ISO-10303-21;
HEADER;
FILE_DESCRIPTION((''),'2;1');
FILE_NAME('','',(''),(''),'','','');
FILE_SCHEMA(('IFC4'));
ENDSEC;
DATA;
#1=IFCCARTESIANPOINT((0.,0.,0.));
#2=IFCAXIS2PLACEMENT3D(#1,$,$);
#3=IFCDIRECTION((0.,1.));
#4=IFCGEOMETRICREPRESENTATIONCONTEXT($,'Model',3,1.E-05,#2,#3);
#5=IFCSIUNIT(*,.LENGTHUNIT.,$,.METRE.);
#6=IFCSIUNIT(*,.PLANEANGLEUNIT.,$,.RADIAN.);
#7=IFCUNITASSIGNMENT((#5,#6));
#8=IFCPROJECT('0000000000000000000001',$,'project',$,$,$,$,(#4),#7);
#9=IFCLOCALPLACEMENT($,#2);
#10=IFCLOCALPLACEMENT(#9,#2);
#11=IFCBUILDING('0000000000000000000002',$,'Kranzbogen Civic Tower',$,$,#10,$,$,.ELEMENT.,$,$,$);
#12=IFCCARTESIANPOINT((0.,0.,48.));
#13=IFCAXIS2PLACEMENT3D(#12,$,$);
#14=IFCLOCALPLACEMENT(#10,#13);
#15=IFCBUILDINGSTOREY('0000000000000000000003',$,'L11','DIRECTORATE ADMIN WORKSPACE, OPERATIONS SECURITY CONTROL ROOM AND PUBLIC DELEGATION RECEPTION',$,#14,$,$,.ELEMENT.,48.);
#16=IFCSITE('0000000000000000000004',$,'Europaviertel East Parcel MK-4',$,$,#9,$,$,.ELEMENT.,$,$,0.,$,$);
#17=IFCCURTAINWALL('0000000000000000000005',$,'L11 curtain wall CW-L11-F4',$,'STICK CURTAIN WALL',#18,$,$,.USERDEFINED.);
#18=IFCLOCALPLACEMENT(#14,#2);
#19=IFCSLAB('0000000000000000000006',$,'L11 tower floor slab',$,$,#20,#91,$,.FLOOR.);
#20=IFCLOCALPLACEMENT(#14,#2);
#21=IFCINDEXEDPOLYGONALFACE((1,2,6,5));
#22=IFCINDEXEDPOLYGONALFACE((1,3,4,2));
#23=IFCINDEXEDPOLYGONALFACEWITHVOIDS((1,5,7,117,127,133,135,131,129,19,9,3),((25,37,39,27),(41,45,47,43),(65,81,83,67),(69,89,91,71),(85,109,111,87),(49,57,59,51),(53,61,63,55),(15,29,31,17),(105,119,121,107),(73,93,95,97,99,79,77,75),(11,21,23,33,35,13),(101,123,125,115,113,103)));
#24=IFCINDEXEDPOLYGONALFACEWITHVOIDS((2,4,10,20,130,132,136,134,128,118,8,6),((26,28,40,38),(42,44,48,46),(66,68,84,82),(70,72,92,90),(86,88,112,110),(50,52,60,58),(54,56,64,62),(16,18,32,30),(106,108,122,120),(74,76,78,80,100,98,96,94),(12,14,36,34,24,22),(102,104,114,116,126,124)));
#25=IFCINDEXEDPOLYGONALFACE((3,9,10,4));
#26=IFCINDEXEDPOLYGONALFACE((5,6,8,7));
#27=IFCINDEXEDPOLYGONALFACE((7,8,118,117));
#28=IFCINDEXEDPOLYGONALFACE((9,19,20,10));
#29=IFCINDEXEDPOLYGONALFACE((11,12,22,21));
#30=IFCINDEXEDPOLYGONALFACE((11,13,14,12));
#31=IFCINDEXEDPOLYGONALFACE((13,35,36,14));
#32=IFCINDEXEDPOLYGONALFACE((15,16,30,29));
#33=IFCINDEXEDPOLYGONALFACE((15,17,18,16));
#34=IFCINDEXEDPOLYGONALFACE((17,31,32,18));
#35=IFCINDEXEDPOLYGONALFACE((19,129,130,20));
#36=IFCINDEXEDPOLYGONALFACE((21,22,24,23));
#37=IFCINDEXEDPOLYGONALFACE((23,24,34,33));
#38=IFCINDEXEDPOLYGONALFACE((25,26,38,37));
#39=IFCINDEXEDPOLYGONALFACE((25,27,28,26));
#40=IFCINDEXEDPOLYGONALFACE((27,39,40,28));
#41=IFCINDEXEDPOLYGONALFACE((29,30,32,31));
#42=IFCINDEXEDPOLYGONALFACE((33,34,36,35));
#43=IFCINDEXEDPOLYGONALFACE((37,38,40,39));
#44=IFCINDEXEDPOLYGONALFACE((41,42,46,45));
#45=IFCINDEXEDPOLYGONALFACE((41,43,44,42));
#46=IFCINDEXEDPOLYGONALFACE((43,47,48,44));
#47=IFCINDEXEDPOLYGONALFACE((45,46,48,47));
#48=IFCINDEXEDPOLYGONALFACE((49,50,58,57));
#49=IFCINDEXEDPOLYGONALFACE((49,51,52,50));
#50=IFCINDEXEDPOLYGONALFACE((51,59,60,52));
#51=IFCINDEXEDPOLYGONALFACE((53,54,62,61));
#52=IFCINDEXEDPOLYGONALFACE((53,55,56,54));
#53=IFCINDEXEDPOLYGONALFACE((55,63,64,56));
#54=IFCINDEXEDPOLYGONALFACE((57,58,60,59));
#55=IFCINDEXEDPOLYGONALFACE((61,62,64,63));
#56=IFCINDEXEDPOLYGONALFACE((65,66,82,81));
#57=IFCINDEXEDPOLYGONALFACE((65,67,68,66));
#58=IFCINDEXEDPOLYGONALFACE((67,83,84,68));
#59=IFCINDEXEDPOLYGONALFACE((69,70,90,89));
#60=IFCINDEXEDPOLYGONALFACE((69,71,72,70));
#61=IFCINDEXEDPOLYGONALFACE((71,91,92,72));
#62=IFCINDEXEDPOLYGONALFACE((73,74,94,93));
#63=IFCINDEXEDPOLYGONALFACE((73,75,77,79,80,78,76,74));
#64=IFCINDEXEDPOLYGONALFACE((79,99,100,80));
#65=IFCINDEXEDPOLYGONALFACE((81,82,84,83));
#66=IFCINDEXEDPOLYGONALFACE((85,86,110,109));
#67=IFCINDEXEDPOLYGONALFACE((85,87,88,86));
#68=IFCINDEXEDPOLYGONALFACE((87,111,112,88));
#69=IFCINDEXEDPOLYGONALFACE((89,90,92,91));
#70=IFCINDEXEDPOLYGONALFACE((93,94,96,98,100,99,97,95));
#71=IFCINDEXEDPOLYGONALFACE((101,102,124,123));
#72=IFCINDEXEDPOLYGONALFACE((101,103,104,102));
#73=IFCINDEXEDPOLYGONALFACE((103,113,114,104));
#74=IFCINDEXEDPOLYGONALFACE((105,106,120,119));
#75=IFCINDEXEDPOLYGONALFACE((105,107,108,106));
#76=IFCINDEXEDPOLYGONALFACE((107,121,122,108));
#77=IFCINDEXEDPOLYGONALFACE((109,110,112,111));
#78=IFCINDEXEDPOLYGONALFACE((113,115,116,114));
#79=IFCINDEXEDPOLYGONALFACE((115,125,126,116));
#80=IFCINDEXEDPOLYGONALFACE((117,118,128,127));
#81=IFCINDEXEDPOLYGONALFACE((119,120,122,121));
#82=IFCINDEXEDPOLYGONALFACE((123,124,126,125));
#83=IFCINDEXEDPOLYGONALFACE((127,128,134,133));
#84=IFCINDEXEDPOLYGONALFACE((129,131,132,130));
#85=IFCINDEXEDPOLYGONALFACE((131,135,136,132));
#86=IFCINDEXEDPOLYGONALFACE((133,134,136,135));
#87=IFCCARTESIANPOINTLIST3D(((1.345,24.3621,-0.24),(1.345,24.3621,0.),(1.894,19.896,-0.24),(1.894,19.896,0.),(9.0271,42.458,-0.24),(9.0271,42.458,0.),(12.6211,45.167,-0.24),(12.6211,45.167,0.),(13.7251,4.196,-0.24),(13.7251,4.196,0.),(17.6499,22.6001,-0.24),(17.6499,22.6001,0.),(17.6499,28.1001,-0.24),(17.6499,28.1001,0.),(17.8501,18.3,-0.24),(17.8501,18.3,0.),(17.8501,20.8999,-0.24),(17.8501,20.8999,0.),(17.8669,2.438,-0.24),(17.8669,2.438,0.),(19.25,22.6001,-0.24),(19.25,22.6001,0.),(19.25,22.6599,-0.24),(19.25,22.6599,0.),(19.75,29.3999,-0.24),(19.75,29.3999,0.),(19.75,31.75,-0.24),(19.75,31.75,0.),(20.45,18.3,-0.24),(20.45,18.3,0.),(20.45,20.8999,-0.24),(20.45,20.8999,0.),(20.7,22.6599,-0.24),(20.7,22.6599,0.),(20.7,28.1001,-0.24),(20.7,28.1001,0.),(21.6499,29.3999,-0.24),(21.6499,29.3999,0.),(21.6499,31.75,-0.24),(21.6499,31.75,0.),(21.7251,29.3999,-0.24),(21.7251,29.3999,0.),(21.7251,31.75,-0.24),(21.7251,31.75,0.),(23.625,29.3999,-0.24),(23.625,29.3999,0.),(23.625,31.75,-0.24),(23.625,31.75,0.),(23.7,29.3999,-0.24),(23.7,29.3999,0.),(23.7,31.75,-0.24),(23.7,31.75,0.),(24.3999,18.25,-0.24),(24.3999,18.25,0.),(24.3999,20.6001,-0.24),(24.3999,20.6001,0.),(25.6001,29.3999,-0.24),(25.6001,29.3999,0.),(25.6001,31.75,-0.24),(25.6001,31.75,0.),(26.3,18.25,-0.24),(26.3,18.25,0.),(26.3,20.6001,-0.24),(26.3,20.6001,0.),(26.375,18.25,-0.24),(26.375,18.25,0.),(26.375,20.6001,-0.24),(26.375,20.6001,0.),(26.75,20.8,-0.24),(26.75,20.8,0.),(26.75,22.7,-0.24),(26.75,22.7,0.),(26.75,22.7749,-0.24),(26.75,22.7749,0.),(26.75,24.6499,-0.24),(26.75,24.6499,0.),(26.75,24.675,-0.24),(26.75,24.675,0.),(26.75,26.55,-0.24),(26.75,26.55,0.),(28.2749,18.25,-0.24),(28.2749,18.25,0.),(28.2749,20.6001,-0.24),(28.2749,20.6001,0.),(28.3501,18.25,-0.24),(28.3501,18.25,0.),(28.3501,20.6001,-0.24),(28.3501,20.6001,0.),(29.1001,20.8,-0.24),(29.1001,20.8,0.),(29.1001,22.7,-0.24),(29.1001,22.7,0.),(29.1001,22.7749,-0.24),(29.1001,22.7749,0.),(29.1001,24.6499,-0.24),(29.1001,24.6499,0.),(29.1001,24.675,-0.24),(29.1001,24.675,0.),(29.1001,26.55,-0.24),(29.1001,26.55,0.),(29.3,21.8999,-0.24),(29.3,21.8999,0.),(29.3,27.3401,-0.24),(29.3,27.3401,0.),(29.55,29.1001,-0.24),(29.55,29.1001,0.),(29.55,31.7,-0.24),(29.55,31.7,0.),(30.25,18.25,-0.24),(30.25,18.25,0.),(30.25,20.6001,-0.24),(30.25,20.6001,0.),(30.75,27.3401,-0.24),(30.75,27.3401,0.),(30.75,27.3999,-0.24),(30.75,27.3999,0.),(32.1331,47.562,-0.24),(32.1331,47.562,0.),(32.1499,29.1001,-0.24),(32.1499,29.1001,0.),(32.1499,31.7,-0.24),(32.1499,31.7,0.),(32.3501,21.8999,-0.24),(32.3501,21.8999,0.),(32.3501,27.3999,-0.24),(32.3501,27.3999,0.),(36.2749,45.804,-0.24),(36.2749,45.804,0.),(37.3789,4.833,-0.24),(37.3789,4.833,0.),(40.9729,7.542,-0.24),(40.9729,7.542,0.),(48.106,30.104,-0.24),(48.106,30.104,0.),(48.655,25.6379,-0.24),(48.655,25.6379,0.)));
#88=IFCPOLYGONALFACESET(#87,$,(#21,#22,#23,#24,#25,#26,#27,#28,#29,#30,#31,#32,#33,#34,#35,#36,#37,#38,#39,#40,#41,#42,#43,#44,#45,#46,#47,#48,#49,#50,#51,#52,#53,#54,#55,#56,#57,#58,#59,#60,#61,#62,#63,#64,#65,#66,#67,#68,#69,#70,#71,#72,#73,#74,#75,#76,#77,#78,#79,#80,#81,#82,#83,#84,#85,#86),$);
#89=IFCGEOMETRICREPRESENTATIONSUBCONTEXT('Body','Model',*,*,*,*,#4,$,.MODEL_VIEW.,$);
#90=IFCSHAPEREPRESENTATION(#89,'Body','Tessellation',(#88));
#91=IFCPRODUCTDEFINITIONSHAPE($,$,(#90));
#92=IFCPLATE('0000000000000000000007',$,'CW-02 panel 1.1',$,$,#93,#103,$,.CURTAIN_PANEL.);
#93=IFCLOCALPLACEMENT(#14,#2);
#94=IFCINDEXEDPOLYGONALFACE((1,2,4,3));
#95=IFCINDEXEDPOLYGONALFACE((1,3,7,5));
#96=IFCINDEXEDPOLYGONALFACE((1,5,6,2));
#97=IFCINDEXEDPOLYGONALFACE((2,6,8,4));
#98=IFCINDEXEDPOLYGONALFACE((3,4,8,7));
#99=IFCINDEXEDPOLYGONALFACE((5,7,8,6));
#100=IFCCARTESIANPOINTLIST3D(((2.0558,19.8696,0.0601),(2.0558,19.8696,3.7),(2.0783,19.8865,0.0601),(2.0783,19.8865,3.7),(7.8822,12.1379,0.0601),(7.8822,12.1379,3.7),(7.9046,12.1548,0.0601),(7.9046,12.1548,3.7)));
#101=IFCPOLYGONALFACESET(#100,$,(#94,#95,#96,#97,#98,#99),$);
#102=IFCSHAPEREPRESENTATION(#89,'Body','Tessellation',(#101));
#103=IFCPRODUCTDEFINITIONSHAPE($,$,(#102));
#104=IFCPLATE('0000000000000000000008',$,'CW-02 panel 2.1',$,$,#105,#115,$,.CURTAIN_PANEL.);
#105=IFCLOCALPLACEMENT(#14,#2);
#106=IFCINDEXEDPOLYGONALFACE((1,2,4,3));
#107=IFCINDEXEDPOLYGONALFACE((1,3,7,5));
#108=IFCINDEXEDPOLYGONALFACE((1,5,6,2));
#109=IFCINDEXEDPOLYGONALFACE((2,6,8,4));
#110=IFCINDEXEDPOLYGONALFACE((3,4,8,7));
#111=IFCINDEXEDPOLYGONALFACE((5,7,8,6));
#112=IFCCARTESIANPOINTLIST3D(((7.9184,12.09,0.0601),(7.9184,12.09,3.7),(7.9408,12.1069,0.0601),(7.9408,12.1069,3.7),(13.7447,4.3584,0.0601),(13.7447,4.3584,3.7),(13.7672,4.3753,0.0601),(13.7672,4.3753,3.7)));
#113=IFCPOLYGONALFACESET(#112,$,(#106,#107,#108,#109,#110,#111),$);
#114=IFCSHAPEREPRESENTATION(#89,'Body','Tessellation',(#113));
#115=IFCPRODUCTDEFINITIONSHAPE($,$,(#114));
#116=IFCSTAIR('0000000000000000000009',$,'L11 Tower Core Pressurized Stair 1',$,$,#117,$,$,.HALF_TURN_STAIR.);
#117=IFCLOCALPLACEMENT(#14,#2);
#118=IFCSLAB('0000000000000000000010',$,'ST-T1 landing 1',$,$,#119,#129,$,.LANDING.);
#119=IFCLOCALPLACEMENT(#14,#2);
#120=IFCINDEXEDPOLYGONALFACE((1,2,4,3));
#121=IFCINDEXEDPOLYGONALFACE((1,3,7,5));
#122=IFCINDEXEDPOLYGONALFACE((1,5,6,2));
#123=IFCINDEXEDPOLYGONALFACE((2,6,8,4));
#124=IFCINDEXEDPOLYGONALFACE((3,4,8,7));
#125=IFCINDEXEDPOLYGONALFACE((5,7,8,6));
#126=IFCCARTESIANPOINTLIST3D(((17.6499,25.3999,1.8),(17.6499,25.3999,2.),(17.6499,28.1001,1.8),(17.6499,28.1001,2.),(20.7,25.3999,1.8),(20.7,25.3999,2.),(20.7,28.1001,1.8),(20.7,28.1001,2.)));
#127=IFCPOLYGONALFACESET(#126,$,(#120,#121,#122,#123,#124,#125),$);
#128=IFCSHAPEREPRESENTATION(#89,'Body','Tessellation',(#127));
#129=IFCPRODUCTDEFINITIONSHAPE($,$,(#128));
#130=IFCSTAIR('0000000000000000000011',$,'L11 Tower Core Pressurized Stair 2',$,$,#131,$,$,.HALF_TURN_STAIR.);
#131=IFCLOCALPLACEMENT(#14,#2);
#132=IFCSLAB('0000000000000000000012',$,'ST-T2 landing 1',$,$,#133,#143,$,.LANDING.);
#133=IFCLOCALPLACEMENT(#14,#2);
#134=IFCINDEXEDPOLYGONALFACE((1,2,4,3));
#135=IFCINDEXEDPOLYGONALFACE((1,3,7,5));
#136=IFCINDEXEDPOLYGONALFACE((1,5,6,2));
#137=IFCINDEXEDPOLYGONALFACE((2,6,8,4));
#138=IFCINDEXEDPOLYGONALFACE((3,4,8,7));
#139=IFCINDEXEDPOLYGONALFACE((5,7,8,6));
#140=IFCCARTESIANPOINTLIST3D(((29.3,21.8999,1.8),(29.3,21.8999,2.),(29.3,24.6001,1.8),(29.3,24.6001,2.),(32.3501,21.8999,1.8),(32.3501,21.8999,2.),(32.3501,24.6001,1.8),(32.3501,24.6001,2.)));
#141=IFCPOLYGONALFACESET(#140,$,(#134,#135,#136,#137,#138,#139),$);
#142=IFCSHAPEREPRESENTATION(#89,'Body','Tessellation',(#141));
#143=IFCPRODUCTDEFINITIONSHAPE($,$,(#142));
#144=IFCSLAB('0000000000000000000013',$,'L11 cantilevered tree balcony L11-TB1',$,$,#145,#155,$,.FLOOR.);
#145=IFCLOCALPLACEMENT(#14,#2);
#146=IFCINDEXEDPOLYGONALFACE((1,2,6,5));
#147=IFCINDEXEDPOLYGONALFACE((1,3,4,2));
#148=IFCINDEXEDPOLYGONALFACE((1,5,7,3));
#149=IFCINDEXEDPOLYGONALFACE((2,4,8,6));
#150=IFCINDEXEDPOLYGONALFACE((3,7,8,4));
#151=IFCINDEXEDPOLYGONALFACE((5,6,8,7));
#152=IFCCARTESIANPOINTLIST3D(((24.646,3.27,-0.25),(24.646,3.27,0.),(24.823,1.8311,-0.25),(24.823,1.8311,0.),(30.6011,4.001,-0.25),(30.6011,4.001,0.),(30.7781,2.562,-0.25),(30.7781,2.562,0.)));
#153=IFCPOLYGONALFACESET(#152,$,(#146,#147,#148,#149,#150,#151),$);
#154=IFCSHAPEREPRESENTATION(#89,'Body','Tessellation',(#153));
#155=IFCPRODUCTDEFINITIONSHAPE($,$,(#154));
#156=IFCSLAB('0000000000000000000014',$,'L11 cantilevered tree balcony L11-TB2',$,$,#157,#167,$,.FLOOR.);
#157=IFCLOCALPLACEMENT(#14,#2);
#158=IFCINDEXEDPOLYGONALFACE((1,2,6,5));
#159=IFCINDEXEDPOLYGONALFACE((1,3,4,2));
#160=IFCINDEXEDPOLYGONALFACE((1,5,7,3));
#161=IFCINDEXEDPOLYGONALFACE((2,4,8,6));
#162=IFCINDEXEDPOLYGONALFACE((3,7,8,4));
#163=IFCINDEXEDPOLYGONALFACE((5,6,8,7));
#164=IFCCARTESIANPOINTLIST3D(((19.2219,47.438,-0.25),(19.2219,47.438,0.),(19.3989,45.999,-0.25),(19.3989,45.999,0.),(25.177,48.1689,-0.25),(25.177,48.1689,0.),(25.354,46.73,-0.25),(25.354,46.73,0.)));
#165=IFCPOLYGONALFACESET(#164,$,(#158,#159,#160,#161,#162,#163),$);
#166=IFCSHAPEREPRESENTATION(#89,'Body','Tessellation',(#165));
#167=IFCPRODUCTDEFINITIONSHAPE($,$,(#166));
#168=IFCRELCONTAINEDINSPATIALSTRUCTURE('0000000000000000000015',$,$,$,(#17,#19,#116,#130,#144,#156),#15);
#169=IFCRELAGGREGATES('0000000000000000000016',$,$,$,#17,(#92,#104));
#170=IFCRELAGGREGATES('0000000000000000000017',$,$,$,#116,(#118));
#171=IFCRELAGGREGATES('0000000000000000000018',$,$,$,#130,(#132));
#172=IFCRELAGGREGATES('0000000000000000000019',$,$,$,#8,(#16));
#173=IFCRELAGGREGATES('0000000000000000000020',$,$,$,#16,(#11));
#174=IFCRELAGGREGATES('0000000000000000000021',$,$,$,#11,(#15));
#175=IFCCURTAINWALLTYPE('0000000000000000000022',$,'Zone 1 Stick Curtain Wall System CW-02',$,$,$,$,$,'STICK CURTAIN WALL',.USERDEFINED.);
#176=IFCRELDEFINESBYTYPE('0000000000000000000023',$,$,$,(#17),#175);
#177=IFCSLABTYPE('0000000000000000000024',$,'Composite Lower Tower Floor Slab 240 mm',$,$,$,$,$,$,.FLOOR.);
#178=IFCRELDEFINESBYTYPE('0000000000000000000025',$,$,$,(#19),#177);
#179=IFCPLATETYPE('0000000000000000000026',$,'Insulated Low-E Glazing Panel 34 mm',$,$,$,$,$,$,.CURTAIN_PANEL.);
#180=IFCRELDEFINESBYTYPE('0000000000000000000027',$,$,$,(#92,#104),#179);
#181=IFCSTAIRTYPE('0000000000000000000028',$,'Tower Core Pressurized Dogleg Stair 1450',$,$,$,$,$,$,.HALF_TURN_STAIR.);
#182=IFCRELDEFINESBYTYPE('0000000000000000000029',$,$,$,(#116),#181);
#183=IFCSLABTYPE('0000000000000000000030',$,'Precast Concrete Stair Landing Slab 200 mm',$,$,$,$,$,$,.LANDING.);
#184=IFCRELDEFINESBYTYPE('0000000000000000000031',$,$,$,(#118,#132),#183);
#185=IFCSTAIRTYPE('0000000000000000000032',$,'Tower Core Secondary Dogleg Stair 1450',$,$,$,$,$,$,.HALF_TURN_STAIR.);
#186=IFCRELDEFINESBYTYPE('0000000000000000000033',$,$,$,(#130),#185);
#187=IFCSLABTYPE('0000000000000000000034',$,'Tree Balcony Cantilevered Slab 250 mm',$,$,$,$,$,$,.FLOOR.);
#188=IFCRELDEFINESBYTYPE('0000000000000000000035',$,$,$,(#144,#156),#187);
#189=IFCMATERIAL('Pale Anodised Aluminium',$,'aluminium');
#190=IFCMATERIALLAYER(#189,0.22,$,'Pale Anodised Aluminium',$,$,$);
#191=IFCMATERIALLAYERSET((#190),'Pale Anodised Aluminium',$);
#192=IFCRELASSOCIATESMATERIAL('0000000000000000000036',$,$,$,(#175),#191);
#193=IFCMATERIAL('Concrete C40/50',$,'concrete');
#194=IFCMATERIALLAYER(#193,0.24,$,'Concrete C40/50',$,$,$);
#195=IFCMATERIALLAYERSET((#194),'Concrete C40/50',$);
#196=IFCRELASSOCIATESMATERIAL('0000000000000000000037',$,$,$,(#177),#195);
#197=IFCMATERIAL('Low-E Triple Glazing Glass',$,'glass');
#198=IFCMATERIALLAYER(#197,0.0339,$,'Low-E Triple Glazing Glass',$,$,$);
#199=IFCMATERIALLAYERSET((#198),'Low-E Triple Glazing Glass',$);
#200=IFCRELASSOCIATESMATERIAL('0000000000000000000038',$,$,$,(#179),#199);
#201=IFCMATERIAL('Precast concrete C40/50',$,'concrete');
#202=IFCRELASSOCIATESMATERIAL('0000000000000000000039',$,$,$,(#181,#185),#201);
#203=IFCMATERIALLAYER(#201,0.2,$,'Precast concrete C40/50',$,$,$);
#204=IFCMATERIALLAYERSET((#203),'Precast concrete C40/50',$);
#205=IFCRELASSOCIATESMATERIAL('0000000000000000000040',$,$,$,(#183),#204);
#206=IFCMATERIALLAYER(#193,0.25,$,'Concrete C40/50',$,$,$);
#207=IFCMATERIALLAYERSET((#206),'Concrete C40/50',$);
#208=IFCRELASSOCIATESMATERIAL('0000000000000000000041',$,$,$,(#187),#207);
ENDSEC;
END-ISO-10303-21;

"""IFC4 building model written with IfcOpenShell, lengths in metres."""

from ifc_helpers import new_model, si_unit, direction, frame, origin, origin_2d, place, context, subcontext, project, spatial, polyline, rectangle, outline, extrude, material, layer, layer_set, type_object, element, aggregate, save


model = new_model("IFC4")

# Units and contexts
model_context = context("Model", 3, precision=1e-05, world=origin(), true_north=direction((0.0, 1.0)))
body_context = subcontext(model_context, "Body", "Model", "MODEL_VIEW")
ifc_project = project(units=[si_unit("LENGTHUNIT", "METRE"), si_unit("PLANEANGLEUNIT", "RADIAN")], contexts=[model_context])

# Site, building, storey
site_placement = place(None, origin())
site = spatial("IfcSite", under=ifc_project, at=site_placement, Name="Europaviertel East Parcel MK-4", CompositionType="ELEMENT", RefElevation=0.0)
building_placement = place(site_placement, origin())
building = spatial("IfcBuilding", under=site, at=building_placement, Name="Kranzbogen Civic Tower", CompositionType="ELEMENT")
storey_placement = place(building_placement, frame((0.0, 0.0, 48.0)))
storey = spatial("IfcBuildingStorey", under=building, at=storey_placement, Name="L11", Description="DIRECTORATE ADMIN WORKSPACE, OPERATIONS SECURITY CONTROL ROOM AND PUBLIC DELEGATION RECEPTION", CompositionType="ELEMENT", Elevation=48.0)

# Curtain wall
ifc_material_1 = material(Name="Pale Anodised Aluminium", Category="aluminium")
ifc_layer_1 = layer(ifc_material_1, 0.22, Name="Pale Anodised Aluminium")
ifc_layer_set_1 = layer_set([ifc_layer_1], Name="Pale Anodised Aluminium")
curtain_wall_type = type_object("IfcCurtainWallType", Name="Zone 1 Stick Curtain Wall System CW-02", ElementType="STICK CURTAIN WALL", PredefinedType="USERDEFINED", material=ifc_layer_set_1)
curtain_wall_placement = place(storey_placement, origin())
curtain_wall = element("IfcCurtainWall", 1, at=curtain_wall_placement, inside=storey, type_object=curtain_wall_type, Name="L11 curtain wall CW-L11-F4", ObjectType="STICK CURTAIN WALL", PredefinedType="USERDEFINED")

# Slab
ifc_material_2 = material(Name="Concrete C40/50", Category="concrete")
ifc_layer_2 = layer(ifc_material_2, 0.24, Name="Concrete C40/50")
ifc_layer_set_2 = layer_set([ifc_layer_2], Name="Concrete C40/50")
slab_type_1 = type_object("IfcSlabType", Name="Composite Lower Tower Floor Slab 240 mm", PredefinedType="FLOOR", material=ifc_layer_set_2)
slab_1_placement = place(storey_placement, frame((0.0, 0.0, -0.24)))
element("IfcSlab", 2, at=slab_1_placement, inside=storey, type_object=slab_type_1, Name="L11 tower floor slab", PredefinedType="FLOOR", context=body_context, shape_type="SweptSolid", body=[
    extrude(outline(polyline([(48.106, 30.104), (36.2749, 45.804), (32.1331, 47.562), (12.6211, 45.167), (9.0271, 42.458), (1.345, 24.3621), (1.894, 19.896), (13.7251, 4.196), (17.8669, 2.438), (37.3789, 4.833), (40.9729, 7.542), (48.655, 25.6379), (48.106, 30.104)]), holes=[polyline([(26.3, 20.6001), (26.3, 18.25), (24.3999, 18.25), (24.3999, 20.6001), (26.3, 20.6001)]), polyline([(28.2749, 18.25), (26.375, 18.25), (26.375, 20.6001), (28.2749, 20.6001), (28.2749, 18.25)]), polyline([(20.45, 18.3), (17.8501, 18.3), (17.8501, 20.8999), (20.45, 20.8999), (20.45, 18.3)]), polyline([(20.7, 22.6599), (19.25, 22.6599), (19.25, 22.6001), (17.6499, 22.6001), (17.6499, 28.1001), (20.7, 28.1001), (20.7, 22.6599)]), polyline([(21.6499, 29.3999), (19.75, 29.3999), (19.75, 31.75), (21.6499, 31.75), (21.6499, 29.3999)]), polyline([(23.625, 29.3999), (21.7251, 29.3999), (21.7251, 31.75), (23.625, 31.75), (23.625, 29.3999)]), polyline([(25.6001, 31.75), (25.6001, 29.3999), (23.7, 29.3999), (23.7, 31.75), (25.6001, 31.75)]), polyline([(30.25, 18.25), (28.3501, 18.25), (28.3501, 20.6001), (30.25, 20.6001), (30.25, 18.25)]), polyline([(29.1001, 20.8), (26.75, 20.8), (26.75, 22.7), (29.1001, 22.7), (29.1001, 20.8)]), polyline([(26.75, 26.55), (29.1001, 26.55), (29.1001, 24.675), (29.1001, 24.6499), (29.1001, 22.7749), (26.75, 22.7749), (26.75, 24.6499), (26.75, 24.675), (26.75, 26.55)]), polyline([(30.75, 27.3401), (30.75, 27.3999), (32.3501, 27.3999), (32.3501, 21.8999), (29.3, 21.8999), (29.3, 27.3401), (30.75, 27.3401)]), polyline([(32.1499, 29.1001), (29.55, 29.1001), (29.55, 31.7), (32.1499, 31.7), (32.1499, 29.1001)])]), origin(), (0.0, 0.0, 1.0), 0.24),
])

# Plates
ifc_material_3 = material(Name="Low-E Triple Glazing Glass", Category="glass")
ifc_layer_3 = layer(ifc_material_3, 0.0339, Name="Low-E Triple Glazing Glass")
ifc_layer_set_3 = layer_set([ifc_layer_3], Name="Low-E Triple Glazing Glass")
plate_type = type_object("IfcPlateType", Name="Insulated Low-E Glazing Panel 34 mm", PredefinedType="CURTAIN_PANEL", material=ifc_layer_set_3)
plate_1_placement = place(storey_placement, frame((4.9802, 16.0122, 0.0601), z_axis=(0.0, 0.0, 1.0), x_axis=(0.601824, -0.798629, 0.0)))
plate_1 = element("IfcPlate", 3, at=plate_1_placement, type_object=plate_type, Name="CW-02 panel 1.1", PredefinedType="CURTAIN_PANEL", context=body_context, shape_type="SweptSolid", body=[
    extrude(rectangle(XDim=9.6812, YDim=0.0281, at=origin_2d()), origin(), (0.0, 0.0, 1.0), 3.6399),
])
plate_2_placement = place(storey_placement, frame((10.8428, 8.2327, 0.0601), z_axis=(0.0, 0.0, 1.0), x_axis=(0.601824, -0.798629, 0.0)))
plate_2 = element("IfcPlate", 4, at=plate_2_placement, type_object=plate_type, Name="CW-02 panel 2.1", PredefinedType="CURTAIN_PANEL", context=body_context, shape_type="SweptSolid", body=[
    extrude(rectangle(XDim=9.6812, YDim=0.0281, at=origin_2d()), origin(), (0.0, 0.0, 1.0), 3.6399),
])
aggregate(curtain_wall, [plate_1, plate_2])

# Stairs, slabs
ifc_material_4 = material(Name="Precast concrete C40/50", Category="concrete")
stair_type_1 = type_object("IfcStairType", Name="Tower Core Pressurized Dogleg Stair 1450", PredefinedType="HALF_TURN_STAIR", material=ifc_material_4)
stair_1_placement = place(storey_placement, origin())
stair_1 = element("IfcStair", 5, at=stair_1_placement, inside=storey, type_object=stair_type_1, Name="L11 Tower Core Pressurized Stair 1", PredefinedType="HALF_TURN_STAIR")
ifc_layer_4 = layer(ifc_material_4, 0.2, Name="Precast concrete C40/50")
ifc_layer_set_4 = layer_set([ifc_layer_4], Name="Precast concrete C40/50")
slab_type_2 = type_object("IfcSlabType", Name="Precast Concrete Stair Landing Slab 200 mm", PredefinedType="LANDING", material=ifc_layer_set_4)
slab_2_placement = place(storey_placement, frame((0.0, 0.0, 1.8)))
slab_2 = element("IfcSlab", 6, at=slab_2_placement, type_object=slab_type_2, Name="ST-T1 landing 1", PredefinedType="LANDING", context=body_context, shape_type="SweptSolid", body=[
    extrude(outline(polyline([(20.7, 25.3999), (20.7, 28.1001), (17.6499, 28.1001), (17.6499, 25.3999), (20.7, 25.3999)])), origin(), (0.0, 0.0, 1.0), 0.2),
])
aggregate(stair_1, [slab_2])
stair_type_2 = type_object("IfcStairType", Name="Tower Core Secondary Dogleg Stair 1450", PredefinedType="HALF_TURN_STAIR", material=ifc_material_4)
stair_2_placement = place(storey_placement, origin())
stair_2 = element("IfcStair", 7, at=stair_2_placement, inside=storey, type_object=stair_type_2, Name="L11 Tower Core Pressurized Stair 2", PredefinedType="HALF_TURN_STAIR")
slab_3_placement = place(storey_placement, frame((0.0, 0.0, 1.8)))
slab_3 = element("IfcSlab", 8, at=slab_3_placement, type_object=slab_type_2, Name="ST-T2 landing 1", PredefinedType="LANDING", context=body_context, shape_type="SweptSolid", body=[
    extrude(outline(polyline([(29.3, 24.6001), (29.3, 21.8999), (32.3501, 21.8999), (32.3501, 24.6001), (29.3, 24.6001)])), origin(), (0.0, 0.0, 1.0), 0.2),
])
aggregate(stair_2, [slab_3])

# Slabs
ifc_layer_5 = layer(ifc_material_2, 0.25, Name="Concrete C40/50")
ifc_layer_set_5 = layer_set([ifc_layer_5], Name="Concrete C40/50")
slab_type_3 = type_object("IfcSlabType", Name="Tree Balcony Cantilevered Slab 250 mm", PredefinedType="FLOOR", material=ifc_layer_set_5)
slab_4_placement = place(storey_placement, frame((0.0, 0.0, -0.25)))
element("IfcSlab", 9, at=slab_4_placement, inside=storey, type_object=slab_type_3, Name="L11 cantilevered tree balcony L11-TB1", PredefinedType="FLOOR", context=body_context, shape_type="SweptSolid", body=[
    extrude(outline(polyline([(24.646, 3.27), (30.6011, 4.001), (30.7781, 2.562), (24.823, 1.8311), (24.646, 3.27)])), origin(), (0.0, 0.0, 1.0), 0.25),
])
slab_5_placement = place(storey_placement, frame((0.0, 0.0, -0.25)))
element("IfcSlab", 10, at=slab_5_placement, inside=storey, type_object=slab_type_3, Name="L11 cantilevered tree balcony L11-TB2", PredefinedType="FLOOR", context=body_context, shape_type="SweptSolid", body=[
    extrude(outline(polyline([(25.354, 46.73), (19.3989, 45.999), (19.2219, 47.438), (25.177, 48.1689), (25.354, 46.73)])), origin(), (0.0, 0.0, 1.0), 0.25),
])

save(model, "model.ifc")
